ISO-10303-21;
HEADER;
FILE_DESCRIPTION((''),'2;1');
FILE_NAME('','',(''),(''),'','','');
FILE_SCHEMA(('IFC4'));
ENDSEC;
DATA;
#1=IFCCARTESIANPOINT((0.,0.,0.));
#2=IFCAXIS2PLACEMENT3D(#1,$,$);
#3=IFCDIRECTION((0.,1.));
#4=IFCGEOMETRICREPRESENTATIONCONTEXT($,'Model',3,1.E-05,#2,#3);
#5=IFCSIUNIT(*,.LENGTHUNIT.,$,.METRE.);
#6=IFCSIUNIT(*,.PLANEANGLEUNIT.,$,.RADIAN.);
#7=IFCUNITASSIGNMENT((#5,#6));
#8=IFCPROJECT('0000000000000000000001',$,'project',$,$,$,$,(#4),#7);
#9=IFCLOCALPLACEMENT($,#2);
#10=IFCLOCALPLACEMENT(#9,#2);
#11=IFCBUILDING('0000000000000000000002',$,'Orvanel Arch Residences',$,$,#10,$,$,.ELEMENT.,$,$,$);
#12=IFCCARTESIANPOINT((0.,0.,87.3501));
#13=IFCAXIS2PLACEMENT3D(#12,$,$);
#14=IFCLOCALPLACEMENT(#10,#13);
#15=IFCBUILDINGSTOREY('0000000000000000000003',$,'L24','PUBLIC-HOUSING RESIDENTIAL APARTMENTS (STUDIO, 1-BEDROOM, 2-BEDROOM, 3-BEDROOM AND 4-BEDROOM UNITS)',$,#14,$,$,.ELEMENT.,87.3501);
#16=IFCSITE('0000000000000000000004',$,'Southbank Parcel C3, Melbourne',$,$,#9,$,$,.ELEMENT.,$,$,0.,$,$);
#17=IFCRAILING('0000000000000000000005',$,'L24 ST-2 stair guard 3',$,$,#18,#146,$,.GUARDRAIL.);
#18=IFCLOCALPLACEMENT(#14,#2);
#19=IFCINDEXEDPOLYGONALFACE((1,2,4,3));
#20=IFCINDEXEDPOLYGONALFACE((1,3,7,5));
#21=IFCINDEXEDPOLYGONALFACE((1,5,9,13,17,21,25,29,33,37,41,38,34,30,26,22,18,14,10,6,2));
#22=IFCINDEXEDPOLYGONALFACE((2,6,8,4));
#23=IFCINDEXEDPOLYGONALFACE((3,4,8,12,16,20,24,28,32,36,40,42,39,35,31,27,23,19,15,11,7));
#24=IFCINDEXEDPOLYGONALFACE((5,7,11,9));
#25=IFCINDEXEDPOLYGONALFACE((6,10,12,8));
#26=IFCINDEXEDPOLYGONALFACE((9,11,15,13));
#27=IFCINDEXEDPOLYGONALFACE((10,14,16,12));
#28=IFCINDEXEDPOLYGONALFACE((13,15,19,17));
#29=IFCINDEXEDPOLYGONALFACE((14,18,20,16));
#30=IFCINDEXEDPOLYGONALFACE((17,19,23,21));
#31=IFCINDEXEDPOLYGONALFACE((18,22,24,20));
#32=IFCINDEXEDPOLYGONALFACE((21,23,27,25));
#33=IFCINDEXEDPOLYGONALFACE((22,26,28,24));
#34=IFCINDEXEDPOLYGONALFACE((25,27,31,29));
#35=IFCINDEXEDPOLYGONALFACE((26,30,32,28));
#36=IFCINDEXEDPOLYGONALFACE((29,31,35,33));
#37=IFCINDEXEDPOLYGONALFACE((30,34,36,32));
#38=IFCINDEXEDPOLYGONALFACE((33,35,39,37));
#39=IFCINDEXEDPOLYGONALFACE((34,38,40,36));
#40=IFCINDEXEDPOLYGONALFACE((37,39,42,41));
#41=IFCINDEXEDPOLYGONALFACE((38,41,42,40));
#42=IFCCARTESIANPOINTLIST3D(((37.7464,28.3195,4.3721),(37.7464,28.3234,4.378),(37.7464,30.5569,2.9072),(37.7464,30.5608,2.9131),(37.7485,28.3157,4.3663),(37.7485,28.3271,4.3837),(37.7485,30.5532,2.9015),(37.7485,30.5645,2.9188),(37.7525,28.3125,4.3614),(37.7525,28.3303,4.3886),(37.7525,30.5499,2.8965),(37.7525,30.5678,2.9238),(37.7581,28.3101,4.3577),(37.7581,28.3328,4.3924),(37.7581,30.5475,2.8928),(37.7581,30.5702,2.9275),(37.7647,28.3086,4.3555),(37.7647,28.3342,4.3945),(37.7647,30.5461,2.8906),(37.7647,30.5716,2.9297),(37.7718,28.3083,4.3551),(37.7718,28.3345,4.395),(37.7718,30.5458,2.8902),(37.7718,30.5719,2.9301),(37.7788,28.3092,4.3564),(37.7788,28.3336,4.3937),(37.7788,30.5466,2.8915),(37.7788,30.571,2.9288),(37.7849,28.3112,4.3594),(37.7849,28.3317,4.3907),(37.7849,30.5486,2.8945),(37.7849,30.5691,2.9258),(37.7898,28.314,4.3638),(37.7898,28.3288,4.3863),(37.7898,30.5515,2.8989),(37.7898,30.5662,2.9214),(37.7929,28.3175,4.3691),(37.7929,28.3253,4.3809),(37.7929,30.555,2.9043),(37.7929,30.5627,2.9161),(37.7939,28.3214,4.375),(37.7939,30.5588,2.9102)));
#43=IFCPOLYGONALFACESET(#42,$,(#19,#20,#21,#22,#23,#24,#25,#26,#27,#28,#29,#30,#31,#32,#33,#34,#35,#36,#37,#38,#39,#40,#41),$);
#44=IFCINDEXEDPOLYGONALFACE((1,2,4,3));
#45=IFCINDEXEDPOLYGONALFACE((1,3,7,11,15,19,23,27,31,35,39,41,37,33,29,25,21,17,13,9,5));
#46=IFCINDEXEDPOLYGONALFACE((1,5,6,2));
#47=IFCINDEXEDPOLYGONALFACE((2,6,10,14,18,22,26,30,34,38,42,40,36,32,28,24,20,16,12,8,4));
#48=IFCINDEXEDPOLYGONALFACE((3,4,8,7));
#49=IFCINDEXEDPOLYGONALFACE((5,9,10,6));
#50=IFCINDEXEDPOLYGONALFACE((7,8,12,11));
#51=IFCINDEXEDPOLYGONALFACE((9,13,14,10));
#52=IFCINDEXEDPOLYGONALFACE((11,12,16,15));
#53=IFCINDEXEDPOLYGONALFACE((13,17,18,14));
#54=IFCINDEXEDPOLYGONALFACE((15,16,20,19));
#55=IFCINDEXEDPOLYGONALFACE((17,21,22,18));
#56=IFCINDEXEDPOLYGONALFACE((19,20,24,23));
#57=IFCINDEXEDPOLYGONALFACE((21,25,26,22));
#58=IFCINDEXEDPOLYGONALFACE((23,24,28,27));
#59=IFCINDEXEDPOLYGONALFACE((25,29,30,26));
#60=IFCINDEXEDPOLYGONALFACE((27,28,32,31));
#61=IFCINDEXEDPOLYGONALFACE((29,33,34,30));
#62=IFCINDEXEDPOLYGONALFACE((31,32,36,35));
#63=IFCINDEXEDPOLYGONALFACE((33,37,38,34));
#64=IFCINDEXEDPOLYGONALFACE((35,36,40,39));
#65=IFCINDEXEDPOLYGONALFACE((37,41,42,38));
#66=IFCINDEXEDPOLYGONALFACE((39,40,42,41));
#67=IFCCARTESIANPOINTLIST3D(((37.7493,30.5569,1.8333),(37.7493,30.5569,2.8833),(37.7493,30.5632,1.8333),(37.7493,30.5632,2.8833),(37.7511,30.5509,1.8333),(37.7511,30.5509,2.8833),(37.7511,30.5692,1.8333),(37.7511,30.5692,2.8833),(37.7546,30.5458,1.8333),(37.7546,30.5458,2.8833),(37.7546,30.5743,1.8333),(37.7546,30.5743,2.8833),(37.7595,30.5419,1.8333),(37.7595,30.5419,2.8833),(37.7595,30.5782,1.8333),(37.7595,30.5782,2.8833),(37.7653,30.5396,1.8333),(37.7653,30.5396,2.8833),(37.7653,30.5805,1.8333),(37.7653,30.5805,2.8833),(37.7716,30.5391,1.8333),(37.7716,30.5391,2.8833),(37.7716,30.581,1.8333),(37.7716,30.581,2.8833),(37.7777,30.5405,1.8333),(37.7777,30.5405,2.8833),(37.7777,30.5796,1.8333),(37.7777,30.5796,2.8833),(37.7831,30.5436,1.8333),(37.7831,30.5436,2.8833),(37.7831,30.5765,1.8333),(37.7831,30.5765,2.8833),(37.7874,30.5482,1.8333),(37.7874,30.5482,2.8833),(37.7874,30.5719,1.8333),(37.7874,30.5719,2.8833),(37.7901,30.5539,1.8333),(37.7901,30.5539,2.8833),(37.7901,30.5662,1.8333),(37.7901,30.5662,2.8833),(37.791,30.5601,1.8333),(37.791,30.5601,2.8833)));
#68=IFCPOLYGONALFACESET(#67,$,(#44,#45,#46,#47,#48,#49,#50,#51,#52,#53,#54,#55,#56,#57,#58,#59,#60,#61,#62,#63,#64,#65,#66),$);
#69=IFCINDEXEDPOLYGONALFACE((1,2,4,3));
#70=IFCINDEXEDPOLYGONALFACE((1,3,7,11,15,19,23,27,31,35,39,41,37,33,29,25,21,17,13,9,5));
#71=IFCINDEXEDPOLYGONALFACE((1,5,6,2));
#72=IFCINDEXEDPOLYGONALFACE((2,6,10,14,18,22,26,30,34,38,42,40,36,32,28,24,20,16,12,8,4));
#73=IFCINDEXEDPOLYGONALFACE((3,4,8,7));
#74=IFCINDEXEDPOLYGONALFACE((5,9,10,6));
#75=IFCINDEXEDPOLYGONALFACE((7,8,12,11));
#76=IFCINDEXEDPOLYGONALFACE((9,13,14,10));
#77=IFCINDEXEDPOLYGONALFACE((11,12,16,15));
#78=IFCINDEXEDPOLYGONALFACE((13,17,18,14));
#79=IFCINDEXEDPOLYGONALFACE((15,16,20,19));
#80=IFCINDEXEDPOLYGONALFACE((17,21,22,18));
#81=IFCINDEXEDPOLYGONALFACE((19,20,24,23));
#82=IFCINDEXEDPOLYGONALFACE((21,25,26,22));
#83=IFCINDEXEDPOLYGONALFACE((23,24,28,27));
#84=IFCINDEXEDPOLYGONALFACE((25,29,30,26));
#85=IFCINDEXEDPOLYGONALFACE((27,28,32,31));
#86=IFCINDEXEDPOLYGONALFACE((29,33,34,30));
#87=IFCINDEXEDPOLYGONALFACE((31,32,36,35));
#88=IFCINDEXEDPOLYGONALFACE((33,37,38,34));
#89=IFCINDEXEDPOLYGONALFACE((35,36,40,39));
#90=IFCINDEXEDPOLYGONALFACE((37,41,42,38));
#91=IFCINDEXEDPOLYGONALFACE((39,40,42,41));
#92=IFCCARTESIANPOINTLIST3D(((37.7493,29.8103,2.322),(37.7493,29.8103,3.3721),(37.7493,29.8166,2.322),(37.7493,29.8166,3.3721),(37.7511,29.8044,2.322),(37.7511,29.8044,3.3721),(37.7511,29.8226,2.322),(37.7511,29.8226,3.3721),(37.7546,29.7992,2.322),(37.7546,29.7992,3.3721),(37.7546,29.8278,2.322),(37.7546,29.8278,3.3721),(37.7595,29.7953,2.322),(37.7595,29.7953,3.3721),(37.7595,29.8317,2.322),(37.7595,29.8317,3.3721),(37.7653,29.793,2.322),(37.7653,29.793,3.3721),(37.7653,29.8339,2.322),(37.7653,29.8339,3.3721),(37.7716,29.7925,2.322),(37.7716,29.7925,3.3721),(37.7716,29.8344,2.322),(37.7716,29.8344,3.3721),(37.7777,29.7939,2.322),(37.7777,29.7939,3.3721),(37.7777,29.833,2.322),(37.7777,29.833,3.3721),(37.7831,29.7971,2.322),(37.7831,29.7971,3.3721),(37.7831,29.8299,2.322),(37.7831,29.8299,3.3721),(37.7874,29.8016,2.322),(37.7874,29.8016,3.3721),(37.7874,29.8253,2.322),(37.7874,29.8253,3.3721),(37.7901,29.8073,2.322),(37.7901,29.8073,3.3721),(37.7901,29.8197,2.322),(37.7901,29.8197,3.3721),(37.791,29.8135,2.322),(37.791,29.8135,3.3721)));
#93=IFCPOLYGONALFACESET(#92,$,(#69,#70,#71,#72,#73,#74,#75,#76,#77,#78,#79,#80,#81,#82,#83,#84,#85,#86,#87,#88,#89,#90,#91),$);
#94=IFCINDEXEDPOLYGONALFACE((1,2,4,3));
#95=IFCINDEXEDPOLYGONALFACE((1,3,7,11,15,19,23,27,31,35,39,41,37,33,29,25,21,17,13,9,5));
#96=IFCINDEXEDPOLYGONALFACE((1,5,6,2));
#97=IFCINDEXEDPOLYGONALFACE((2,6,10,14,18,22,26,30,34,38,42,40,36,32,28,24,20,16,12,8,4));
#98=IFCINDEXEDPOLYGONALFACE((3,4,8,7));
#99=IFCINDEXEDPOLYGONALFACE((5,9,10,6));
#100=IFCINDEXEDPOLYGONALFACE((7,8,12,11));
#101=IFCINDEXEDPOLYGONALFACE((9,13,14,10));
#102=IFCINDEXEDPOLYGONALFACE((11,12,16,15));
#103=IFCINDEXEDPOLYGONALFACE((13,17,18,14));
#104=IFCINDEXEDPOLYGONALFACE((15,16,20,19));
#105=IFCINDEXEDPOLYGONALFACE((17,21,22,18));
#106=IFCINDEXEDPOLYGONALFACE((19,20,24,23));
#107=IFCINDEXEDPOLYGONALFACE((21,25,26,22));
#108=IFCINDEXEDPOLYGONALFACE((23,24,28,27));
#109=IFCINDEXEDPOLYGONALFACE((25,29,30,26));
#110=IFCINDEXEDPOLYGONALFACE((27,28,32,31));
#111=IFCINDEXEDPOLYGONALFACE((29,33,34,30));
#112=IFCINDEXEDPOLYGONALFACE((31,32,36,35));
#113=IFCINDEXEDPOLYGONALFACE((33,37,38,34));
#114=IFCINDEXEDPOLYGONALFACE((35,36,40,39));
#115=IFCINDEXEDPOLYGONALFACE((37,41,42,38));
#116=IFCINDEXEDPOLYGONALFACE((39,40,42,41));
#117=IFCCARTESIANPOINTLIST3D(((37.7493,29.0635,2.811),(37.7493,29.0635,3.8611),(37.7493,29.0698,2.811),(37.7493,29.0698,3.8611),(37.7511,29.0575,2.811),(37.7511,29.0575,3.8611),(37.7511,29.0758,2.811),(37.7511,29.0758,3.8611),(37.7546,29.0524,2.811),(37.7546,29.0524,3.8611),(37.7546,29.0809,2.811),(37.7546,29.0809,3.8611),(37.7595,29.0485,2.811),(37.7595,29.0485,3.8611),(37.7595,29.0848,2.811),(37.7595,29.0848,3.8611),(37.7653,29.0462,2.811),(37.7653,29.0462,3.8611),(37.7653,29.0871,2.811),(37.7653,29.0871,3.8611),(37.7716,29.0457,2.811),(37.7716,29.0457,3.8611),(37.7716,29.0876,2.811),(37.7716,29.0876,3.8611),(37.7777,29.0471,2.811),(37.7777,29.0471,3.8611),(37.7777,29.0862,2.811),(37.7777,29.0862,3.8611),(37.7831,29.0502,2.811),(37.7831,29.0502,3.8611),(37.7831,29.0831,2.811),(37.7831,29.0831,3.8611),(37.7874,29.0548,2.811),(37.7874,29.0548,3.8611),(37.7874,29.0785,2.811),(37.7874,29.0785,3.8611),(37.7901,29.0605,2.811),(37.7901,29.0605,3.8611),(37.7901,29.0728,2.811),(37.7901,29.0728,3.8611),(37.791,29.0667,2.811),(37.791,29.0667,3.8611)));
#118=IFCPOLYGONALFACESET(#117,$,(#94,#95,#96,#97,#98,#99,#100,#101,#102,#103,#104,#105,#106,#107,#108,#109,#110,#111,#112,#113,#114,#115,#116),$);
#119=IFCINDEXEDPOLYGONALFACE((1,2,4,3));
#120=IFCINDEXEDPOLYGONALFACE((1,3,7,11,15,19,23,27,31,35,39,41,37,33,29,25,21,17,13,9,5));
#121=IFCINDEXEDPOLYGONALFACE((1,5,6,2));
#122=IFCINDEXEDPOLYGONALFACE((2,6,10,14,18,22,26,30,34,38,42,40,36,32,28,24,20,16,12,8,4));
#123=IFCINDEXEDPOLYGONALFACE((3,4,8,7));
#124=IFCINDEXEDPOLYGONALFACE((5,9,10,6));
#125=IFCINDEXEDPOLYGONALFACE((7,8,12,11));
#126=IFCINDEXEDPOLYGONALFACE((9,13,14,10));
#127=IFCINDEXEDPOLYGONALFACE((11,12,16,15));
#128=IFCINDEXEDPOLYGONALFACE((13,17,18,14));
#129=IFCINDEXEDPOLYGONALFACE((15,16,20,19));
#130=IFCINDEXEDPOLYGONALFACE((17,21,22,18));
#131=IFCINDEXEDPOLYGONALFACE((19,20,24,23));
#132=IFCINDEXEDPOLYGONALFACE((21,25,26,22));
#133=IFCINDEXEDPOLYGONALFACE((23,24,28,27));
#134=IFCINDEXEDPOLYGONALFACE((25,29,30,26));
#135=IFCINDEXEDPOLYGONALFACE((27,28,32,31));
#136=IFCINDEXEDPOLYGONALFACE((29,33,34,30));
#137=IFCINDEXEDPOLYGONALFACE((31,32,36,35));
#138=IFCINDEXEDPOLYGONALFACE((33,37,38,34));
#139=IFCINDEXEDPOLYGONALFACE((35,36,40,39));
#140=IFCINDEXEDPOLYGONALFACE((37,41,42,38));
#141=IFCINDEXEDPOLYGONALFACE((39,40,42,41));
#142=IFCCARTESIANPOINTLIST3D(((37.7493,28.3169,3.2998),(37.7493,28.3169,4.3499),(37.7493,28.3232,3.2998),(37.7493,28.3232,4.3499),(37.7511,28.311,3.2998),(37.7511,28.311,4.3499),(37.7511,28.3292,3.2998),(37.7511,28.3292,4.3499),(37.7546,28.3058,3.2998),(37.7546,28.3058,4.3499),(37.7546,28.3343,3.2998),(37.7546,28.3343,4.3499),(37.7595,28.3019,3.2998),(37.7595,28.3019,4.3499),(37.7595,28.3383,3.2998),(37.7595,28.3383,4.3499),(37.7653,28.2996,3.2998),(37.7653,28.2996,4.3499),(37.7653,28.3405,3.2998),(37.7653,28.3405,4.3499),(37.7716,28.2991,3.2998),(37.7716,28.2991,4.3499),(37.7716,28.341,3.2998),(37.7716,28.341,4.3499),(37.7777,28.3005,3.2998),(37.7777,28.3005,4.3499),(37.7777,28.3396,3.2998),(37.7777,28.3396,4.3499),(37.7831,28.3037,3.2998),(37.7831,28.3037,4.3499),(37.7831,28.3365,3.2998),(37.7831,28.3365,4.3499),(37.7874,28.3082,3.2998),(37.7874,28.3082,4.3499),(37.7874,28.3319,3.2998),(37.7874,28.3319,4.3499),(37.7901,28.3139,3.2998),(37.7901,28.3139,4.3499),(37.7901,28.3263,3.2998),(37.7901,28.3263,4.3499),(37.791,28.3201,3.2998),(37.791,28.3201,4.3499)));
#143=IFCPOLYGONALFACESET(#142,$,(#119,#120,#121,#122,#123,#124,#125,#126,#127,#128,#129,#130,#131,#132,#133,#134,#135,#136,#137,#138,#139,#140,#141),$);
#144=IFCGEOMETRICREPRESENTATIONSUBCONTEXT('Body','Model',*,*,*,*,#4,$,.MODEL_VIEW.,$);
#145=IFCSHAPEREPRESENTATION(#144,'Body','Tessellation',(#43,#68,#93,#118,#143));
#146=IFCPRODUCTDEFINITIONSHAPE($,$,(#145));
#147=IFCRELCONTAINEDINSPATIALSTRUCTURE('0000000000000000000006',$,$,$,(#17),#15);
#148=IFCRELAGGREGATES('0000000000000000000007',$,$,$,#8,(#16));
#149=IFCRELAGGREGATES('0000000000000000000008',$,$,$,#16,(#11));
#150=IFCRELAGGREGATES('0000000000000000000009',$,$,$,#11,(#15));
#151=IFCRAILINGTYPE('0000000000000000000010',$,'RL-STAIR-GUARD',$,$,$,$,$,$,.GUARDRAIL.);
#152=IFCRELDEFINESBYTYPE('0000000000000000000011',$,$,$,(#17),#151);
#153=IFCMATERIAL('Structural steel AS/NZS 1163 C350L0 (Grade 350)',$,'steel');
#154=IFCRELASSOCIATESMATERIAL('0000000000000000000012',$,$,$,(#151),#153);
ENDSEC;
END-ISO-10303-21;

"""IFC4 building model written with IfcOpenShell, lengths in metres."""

from ifc_helpers import new_model, si_unit, direction, frame, origin, origin_2d, place, context, subcontext, project, spatial, circle, extrude, material, type_object, element, save


model = new_model("IFC4")

# Units and contexts
model_context = context("Model", 3, precision=1e-05, world=origin(), true_north=direction((0.0, 1.0)))
body_context = subcontext(model_context, "Body", "Model", "MODEL_VIEW")
ifc_project = project(units=[si_unit("LENGTHUNIT", "METRE"), si_unit("PLANEANGLEUNIT", "RADIAN")], contexts=[model_context])

# Site, building, storey
site_placement = place(None, origin())
site = spatial("IfcSite", under=ifc_project, at=site_placement, Name="Southbank Parcel C3, Melbourne", CompositionType="ELEMENT", RefElevation=0.0)
building_placement = place(site_placement, origin())
building = spatial("IfcBuilding", under=site, at=building_placement, Name="Orvanel Arch Residences", CompositionType="ELEMENT")
storey_placement = place(building_placement, frame((0.0, 0.0, 87.3501)))
storey = spatial("IfcBuildingStorey", under=building, at=storey_placement, Name="L24", Description="PUBLIC-HOUSING RESIDENTIAL APARTMENTS (STUDIO, 1-BEDROOM, 2-BEDROOM, 3-BEDROOM AND 4-BEDROOM UNITS)", CompositionType="ELEMENT", Elevation=87.3501)

# Railing
ifc_material_1 = material(Name="Structural steel AS/NZS 1163 C350L0 (Grade 350)", Category="steel")
railing_type_1 = type_object("IfcRailingType", Name="RL-STAIR-GUARD", PredefinedType="GUARDRAIL", material=ifc_material_1)
railing_1_placement = place(storey_placement, frame((37.77, 30.5601, 1.8333)))
element("IfcRailing", 1, at=railing_1_placement, inside=storey, type_object=railing_type_1, Name="L24 ST-2 stair guard 3", PredefinedType="GUARDRAIL", context=body_context, shape_type="SweptSolid", body=[
    extrude(circle(Radius=0.0239, at=origin_2d()), frame((0.0, -0.0012, 1.0769), z_axis=(0.0, -0.836637, 0.547758), x_axis=(1.0, 0.0, 0.0)), (0.0, 0.0, 1.0), 2.6743),
    extrude(circle(Radius=0.021, at=origin_2d()), origin(), (0.0, 0.0, 1.0), 1.05),
    extrude(circle(Radius=0.021, at=origin_2d()), frame((0.0, -0.7466, 0.4888)), (0.0, 0.0, 1.0), 1.05),
    extrude(circle(Radius=0.021, at=origin_2d()), frame((0.0, -1.4934, 0.9778)), (0.0, 0.0, 1.0), 1.05),
    extrude(circle(Radius=0.021, at=origin_2d()), frame((0.0, -2.24, 1.4666)), (0.0, 0.0, 1.0), 1.05),
])

save(model, "model.ifc")
